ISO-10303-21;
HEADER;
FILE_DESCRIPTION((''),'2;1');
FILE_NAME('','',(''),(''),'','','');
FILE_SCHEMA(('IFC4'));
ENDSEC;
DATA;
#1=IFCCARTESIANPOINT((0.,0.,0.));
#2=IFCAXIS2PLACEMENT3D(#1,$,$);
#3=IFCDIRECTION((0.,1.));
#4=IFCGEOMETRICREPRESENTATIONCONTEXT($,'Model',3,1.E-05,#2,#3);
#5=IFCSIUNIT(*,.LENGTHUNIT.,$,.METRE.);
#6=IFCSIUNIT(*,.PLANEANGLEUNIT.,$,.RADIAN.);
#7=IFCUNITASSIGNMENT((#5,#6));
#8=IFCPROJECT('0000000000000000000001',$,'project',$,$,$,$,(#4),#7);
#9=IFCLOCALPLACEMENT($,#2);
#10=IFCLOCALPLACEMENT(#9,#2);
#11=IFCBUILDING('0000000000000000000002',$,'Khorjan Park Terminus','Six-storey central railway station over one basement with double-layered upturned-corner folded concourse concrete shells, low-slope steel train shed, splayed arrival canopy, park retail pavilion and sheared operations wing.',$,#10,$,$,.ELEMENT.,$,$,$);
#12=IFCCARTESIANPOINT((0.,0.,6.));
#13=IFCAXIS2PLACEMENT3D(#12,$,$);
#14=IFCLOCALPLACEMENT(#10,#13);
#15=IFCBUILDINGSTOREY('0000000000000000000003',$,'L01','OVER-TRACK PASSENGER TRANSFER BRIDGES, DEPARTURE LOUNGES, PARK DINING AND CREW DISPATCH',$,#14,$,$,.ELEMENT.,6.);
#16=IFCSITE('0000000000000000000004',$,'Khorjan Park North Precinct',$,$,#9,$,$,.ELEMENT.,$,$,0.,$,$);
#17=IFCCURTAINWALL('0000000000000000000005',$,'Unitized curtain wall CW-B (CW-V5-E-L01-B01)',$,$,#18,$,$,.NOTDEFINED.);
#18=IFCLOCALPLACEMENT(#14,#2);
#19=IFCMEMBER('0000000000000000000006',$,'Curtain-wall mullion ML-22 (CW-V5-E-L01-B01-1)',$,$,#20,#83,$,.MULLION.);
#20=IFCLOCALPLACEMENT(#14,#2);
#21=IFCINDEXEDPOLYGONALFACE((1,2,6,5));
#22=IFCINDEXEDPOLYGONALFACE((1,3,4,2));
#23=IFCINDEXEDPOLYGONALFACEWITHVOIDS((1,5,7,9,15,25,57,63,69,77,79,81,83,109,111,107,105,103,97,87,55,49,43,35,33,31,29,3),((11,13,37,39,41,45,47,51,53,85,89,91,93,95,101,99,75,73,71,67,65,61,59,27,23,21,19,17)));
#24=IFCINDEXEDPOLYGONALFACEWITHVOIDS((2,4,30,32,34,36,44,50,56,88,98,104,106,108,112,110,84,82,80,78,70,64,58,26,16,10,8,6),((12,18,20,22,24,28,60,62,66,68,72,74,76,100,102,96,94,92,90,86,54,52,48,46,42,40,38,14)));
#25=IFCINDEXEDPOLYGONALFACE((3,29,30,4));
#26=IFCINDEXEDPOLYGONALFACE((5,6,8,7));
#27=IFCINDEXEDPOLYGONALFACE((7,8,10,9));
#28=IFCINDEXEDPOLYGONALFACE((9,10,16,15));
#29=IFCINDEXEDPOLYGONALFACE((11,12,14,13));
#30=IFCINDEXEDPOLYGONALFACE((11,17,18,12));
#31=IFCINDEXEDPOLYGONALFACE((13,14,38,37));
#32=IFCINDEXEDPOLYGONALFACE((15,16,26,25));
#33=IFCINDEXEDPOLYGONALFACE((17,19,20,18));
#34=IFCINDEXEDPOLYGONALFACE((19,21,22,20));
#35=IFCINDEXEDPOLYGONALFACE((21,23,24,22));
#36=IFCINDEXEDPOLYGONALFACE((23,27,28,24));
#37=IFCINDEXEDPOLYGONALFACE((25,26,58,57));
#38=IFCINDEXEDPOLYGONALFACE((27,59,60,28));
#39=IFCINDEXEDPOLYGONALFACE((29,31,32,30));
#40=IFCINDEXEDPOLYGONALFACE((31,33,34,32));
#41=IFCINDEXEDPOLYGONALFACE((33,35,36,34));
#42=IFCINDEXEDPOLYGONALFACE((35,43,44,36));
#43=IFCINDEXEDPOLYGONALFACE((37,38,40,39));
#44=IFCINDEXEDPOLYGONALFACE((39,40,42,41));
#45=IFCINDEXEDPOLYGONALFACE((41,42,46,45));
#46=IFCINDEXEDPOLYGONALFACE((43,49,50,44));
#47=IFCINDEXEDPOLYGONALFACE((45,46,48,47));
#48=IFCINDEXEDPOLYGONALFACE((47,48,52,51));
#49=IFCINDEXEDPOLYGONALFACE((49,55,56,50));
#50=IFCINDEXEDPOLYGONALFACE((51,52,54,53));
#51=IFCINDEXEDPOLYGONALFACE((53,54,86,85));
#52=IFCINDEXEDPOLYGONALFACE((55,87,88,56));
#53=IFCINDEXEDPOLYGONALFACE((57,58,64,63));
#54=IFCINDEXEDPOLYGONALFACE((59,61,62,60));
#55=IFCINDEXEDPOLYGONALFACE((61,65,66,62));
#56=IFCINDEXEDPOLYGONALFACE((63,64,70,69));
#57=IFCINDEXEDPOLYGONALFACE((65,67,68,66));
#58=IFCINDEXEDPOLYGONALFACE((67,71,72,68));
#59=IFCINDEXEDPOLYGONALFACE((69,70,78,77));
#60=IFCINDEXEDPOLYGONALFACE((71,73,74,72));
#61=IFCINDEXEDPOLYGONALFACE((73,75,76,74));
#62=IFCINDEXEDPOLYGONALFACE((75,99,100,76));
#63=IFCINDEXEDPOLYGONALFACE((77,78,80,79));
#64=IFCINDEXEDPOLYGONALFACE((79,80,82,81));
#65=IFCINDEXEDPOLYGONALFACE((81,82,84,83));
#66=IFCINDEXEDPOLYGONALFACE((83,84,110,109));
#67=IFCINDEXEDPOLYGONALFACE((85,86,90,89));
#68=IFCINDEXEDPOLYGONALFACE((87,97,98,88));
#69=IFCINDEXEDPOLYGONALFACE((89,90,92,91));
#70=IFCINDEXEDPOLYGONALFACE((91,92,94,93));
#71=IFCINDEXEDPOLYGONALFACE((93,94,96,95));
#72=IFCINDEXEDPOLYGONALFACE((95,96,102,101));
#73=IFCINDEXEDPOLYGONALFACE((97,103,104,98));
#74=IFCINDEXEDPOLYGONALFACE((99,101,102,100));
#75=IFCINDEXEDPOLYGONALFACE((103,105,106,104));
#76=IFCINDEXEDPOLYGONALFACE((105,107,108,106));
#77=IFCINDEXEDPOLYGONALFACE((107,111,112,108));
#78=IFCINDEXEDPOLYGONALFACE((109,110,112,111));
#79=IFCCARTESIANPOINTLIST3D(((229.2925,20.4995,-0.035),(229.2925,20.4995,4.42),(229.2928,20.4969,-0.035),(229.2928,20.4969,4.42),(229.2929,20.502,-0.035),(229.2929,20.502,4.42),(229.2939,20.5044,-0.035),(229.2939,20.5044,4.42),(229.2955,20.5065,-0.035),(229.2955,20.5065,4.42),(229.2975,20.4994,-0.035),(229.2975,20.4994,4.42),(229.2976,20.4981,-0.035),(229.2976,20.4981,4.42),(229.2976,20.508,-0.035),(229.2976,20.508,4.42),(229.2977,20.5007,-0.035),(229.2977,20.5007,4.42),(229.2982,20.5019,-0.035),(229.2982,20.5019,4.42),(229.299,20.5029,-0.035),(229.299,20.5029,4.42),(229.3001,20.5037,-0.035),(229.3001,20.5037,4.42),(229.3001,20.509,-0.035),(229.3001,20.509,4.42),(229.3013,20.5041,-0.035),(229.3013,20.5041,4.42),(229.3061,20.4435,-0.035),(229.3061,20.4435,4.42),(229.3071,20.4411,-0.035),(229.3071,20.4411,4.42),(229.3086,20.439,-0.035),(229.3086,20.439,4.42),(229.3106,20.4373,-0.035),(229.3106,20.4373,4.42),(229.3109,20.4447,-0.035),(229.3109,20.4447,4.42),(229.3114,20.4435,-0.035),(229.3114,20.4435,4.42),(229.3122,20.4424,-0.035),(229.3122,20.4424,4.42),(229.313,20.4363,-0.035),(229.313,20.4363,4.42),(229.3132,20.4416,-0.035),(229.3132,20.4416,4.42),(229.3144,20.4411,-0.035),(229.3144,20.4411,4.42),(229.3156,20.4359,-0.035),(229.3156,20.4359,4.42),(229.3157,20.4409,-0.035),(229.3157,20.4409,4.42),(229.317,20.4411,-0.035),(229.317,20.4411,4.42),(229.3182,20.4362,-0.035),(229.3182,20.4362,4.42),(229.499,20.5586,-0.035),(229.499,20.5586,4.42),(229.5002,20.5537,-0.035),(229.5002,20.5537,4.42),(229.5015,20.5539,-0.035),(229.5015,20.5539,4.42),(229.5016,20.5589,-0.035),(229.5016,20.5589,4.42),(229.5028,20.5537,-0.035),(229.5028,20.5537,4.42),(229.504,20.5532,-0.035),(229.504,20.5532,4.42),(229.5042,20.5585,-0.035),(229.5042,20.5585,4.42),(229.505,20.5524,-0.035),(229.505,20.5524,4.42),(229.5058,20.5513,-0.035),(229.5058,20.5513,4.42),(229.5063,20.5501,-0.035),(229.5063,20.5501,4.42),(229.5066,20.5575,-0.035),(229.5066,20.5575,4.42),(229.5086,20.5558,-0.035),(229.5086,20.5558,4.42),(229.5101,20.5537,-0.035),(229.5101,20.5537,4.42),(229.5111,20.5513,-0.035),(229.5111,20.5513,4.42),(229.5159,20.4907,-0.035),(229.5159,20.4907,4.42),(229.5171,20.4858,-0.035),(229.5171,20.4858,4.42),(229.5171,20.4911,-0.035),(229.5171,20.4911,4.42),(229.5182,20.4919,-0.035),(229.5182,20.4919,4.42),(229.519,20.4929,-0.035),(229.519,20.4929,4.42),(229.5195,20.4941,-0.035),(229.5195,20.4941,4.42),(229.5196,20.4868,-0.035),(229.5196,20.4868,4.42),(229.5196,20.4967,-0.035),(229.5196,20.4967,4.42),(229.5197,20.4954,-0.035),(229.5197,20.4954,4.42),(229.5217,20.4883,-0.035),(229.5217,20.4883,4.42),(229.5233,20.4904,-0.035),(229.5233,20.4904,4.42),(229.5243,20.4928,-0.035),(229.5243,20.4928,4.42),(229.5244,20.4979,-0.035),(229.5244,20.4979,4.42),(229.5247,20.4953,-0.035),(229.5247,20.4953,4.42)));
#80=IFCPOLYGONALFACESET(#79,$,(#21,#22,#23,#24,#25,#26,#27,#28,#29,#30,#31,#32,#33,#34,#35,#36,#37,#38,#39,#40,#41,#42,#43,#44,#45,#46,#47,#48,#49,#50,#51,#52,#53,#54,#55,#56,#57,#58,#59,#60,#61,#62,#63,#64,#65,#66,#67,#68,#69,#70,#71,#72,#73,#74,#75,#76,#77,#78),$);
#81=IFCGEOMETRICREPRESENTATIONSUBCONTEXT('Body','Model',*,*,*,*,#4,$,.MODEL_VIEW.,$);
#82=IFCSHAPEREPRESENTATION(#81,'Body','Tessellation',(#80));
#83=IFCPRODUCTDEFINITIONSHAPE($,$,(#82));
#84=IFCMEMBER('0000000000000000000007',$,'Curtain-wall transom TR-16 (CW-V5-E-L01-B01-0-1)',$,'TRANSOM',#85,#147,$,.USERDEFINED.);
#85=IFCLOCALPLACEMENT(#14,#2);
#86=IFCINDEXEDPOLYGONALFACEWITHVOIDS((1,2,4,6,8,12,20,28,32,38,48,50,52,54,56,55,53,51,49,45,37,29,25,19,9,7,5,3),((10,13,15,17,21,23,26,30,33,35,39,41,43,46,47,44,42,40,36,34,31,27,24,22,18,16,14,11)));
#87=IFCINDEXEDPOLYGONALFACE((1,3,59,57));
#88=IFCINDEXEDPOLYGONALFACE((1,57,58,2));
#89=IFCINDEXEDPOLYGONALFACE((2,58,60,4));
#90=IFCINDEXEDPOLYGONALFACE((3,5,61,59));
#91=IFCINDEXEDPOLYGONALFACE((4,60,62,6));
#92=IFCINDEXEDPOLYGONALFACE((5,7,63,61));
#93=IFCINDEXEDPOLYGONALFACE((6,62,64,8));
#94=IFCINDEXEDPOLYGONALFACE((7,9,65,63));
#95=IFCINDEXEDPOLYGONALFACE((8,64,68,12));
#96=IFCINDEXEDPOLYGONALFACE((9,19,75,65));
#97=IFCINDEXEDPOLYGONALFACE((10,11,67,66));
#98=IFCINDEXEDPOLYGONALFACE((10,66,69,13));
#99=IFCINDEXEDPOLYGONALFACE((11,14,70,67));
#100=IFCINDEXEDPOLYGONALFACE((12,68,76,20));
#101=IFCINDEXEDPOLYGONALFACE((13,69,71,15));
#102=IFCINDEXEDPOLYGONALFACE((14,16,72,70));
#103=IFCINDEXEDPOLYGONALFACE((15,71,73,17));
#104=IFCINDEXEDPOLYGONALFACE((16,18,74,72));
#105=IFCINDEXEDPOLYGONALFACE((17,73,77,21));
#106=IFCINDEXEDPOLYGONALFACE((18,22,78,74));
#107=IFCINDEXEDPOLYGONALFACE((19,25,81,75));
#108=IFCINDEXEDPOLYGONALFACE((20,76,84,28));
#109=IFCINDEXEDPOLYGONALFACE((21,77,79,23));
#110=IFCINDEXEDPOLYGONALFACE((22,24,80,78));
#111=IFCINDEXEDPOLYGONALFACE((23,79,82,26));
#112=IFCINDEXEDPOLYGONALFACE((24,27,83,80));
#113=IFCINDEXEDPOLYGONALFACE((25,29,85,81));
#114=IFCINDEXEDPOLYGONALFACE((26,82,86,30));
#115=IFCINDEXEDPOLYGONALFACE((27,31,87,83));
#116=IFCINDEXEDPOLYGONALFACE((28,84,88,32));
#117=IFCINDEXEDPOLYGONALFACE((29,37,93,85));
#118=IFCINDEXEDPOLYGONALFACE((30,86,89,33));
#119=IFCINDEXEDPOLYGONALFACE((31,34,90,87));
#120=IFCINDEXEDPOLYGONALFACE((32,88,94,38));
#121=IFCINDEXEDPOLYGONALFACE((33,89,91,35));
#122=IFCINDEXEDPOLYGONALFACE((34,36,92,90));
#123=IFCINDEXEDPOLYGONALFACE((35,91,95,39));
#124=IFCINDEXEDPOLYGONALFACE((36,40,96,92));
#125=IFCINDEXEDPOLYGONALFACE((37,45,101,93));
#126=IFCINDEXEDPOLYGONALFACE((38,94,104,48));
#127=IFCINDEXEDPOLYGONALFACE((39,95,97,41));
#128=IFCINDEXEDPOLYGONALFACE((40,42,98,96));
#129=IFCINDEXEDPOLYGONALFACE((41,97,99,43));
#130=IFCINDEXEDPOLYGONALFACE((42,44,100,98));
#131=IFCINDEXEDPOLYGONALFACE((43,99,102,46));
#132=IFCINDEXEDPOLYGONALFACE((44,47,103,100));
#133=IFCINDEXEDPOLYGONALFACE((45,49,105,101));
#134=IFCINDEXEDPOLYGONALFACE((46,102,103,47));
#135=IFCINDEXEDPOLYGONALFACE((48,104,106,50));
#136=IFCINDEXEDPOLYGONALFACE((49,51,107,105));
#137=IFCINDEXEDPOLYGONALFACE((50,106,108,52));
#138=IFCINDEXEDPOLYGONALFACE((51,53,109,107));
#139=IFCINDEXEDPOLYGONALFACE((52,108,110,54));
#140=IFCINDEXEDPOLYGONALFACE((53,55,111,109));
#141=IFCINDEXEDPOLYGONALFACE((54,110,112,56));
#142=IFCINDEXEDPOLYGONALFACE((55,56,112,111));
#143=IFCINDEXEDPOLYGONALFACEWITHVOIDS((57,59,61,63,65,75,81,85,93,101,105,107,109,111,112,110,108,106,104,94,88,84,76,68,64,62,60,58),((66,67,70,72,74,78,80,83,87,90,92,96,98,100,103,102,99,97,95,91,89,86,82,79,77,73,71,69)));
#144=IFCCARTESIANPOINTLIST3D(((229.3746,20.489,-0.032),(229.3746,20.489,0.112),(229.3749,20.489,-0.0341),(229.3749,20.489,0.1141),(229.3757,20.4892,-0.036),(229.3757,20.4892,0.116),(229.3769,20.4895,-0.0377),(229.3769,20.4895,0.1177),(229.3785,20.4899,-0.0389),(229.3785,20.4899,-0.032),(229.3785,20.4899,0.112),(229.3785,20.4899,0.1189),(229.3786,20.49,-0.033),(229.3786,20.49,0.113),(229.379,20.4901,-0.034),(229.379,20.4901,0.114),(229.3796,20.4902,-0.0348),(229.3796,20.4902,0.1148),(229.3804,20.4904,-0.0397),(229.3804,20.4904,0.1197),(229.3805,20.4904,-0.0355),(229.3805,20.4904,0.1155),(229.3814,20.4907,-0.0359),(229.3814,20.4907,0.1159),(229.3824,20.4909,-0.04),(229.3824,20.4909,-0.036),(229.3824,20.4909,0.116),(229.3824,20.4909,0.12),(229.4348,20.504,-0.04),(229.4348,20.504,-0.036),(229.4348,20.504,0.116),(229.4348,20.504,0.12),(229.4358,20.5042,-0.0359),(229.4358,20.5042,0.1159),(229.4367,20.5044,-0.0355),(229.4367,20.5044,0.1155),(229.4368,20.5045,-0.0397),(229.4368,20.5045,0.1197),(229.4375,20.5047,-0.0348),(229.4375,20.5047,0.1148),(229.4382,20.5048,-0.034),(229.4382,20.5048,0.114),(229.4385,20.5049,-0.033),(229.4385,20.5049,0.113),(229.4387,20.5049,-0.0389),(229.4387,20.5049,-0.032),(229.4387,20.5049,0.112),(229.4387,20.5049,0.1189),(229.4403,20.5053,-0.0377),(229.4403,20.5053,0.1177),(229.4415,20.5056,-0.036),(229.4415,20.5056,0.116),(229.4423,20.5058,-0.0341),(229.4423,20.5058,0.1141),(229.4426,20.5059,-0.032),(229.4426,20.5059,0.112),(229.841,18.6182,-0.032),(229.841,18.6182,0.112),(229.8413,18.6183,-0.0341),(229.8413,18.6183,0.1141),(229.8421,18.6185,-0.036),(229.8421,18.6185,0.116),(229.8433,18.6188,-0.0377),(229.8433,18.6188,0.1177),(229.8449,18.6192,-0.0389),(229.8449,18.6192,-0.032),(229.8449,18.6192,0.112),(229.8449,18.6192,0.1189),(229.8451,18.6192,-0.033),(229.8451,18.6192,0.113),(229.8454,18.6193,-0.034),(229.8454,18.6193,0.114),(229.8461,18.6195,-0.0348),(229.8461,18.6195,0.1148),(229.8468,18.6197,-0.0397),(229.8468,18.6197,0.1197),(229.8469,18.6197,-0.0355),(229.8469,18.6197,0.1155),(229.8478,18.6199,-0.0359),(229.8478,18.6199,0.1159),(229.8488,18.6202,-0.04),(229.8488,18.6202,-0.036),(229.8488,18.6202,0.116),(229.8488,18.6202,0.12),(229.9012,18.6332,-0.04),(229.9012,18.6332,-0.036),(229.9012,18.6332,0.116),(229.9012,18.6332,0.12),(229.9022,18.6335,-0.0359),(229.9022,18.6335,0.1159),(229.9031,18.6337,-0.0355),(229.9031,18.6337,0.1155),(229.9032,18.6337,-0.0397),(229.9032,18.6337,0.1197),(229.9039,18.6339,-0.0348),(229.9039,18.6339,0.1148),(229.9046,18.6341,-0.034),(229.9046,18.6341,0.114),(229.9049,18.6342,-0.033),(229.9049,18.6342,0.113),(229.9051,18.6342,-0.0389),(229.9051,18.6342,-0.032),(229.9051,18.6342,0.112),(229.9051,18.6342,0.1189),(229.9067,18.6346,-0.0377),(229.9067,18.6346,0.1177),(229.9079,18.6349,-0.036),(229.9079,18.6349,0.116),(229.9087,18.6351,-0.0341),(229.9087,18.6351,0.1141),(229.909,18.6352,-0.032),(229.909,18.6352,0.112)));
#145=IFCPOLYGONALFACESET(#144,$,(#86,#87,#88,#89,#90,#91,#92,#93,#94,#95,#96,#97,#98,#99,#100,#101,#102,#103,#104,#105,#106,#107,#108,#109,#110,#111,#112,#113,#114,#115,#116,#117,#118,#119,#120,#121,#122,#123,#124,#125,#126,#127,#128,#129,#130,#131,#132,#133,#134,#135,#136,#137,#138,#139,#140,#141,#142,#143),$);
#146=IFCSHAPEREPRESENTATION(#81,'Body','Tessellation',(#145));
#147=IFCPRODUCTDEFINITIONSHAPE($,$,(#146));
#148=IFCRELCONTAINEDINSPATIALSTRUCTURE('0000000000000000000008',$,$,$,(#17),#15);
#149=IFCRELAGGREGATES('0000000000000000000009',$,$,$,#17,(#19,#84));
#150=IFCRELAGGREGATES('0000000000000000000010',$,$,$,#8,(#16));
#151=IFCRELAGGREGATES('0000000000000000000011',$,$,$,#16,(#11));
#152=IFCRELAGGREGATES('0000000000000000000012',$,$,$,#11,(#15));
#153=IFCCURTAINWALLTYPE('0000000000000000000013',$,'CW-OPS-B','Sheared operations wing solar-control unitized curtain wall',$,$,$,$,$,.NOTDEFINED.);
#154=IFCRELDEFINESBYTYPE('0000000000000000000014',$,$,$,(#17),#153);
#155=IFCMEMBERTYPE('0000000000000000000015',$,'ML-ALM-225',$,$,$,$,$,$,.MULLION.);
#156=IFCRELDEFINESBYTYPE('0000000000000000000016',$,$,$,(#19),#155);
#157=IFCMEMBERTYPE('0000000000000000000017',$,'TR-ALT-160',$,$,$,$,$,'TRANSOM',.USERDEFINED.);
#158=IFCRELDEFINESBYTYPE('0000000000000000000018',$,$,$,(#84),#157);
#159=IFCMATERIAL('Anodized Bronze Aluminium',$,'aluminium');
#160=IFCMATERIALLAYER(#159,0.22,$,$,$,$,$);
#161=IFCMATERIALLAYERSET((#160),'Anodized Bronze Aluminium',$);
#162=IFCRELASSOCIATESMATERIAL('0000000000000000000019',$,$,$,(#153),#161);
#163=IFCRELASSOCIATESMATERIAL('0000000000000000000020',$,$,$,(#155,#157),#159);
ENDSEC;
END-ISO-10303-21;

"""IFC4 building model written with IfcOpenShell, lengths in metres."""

from ifc_helpers import new_model, si_unit, direction, frame, origin, origin_2d, place, context, subcontext, project, spatial, hollow_rectangle, extrude, material, layer, layer_set, material_profile, profile_set, type_object, element, aggregate, save


model = new_model("IFC4")

# Units and contexts
model_context = context("Model", 3, precision=1e-05, world=origin(), true_north=direction((0.0, 1.0)))
body_context = subcontext(model_context, "Body", "Model", "MODEL_VIEW")
ifc_project = project(units=[si_unit("LENGTHUNIT", "METRE"), si_unit("PLANEANGLEUNIT", "RADIAN")], contexts=[model_context])

# Site, building, storey
site_placement = place(None, origin())
site = spatial("IfcSite", under=ifc_project, at=site_placement, Name="Khorjan Park North Precinct", CompositionType="ELEMENT", RefElevation=0.0)
building_placement = place(site_placement, origin())
building = spatial("IfcBuilding", under=site, at=building_placement, Name="Khorjan Park Terminus", Description="Six-storey central railway station over one basement with double-layered upturned-corner folded concourse concrete shells, low-slope steel train shed, splayed arrival canopy, park retail pavilion and sheared operations wing.", CompositionType="ELEMENT")
storey_placement = place(building_placement, frame((0.0, 0.0, 6.0)))
storey = spatial("IfcBuildingStorey", under=building, at=storey_placement, Name="L01", Description="OVER-TRACK PASSENGER TRANSFER BRIDGES, DEPARTURE LOUNGES, PARK DINING AND CREW DISPATCH", CompositionType="ELEMENT", Elevation=6.0)

# Shared definitions
ifc_material_1 = material(Name="Anodized Bronze Aluminium", Category="aluminium")
ifc_layer_1 = layer(ifc_material_1, 0.22)
ifc_layer_set_1 = layer_set([ifc_layer_1], Name="Anodized Bronze Aluminium")
curtain_wall_type = type_object("IfcCurtainWallType", Name="CW-OPS-B", Description="Sheared operations wing solar-control unitized curtain wall", PredefinedType="NOTDEFINED", material=ifc_layer_set_1)
ifc_material_profile_1 = material_profile(ifc_material_1, hollow_rectangle(XDim=0.075, YDim=0.225, WallThickness=0.005, InnerFilletRadius=0.005, OuterFilletRadius=0.01, at=origin_2d()), Name="ALM 75x225x5")
ifc_profile_set_1 = profile_set([ifc_material_profile_1], Name="Anodized Bronze Aluminium")
member_type_1 = type_object("IfcMemberType", Name="ML-ALM-225", PredefinedType="MULLION", material=ifc_profile_set_1)

# Curtain wall, members
curtain_wall_1_placement = place(storey_placement, origin())
curtain_wall_1 = element("IfcCurtainWall", 1, at=curtain_wall_1_placement, inside=storey, type_object=curtain_wall_type, Name="Unitized curtain wall CW-B (CW-V5-E-L01-B01)", PredefinedType="NOTDEFINED")
member_1_placement = place(storey_placement, frame((229.4086, 20.4974, -0.035), z_axis=(0.0, 0.0, 1.0), x_axis=(-0.24192, 0.970296, 0.0)))
member_1 = element("IfcMember", 2, at=member_1_placement, type_object=member_type_1, Name="Curtain-wall mullion ML-22 (CW-V5-E-L01-B01-1)", PredefinedType="MULLION", context=body_context, shape_type="SweptSolid", body=[
    extrude(hollow_rectangle(XDim=0.075, YDim=0.225, WallThickness=0.005, InnerFilletRadius=0.005, OuterFilletRadius=0.01, at=origin_2d()), origin(), (0.0, 0.0, 1.0), 4.455),
])
ifc_material_profile_2 = material_profile(ifc_material_1, hollow_rectangle(XDim=0.07, YDim=0.16, WallThickness=0.004, InnerFilletRadius=0.004, OuterFilletRadius=0.008, at=origin_2d()), Name="ALT 70x160x4")
ifc_profile_set_2 = profile_set([ifc_material_profile_2], Name="Anodized Bronze Aluminium")
member_type_2 = type_object("IfcMemberType", Name="TR-ALT-160", ElementType="TRANSOM", PredefinedType="USERDEFINED", material=ifc_profile_set_2)
member_2_placement = place(storey_placement, frame((229.875, 18.6267, 0.04), z_axis=(-0.241913, 0.970298, 0.0), x_axis=(-0.970298, -0.241913, 0.0)))
member_2 = element("IfcMember", 3, at=member_2_placement, type_object=member_type_2, Name="Curtain-wall transom TR-16 (CW-V5-E-L01-B01-0-1)", ObjectType="TRANSOM", PredefinedType="USERDEFINED", context=body_context, shape_type="SweptSolid", body=[
    extrude(hollow_rectangle(XDim=0.07, YDim=0.16, WallThickness=0.004, InnerFilletRadius=0.004, OuterFilletRadius=0.008, at=origin_2d()), origin(), (0.0, 0.0, 1.0), 1.928),
])

aggregate(curtain_wall_1, [member_1, member_2])

save(model, "model.ifc")
